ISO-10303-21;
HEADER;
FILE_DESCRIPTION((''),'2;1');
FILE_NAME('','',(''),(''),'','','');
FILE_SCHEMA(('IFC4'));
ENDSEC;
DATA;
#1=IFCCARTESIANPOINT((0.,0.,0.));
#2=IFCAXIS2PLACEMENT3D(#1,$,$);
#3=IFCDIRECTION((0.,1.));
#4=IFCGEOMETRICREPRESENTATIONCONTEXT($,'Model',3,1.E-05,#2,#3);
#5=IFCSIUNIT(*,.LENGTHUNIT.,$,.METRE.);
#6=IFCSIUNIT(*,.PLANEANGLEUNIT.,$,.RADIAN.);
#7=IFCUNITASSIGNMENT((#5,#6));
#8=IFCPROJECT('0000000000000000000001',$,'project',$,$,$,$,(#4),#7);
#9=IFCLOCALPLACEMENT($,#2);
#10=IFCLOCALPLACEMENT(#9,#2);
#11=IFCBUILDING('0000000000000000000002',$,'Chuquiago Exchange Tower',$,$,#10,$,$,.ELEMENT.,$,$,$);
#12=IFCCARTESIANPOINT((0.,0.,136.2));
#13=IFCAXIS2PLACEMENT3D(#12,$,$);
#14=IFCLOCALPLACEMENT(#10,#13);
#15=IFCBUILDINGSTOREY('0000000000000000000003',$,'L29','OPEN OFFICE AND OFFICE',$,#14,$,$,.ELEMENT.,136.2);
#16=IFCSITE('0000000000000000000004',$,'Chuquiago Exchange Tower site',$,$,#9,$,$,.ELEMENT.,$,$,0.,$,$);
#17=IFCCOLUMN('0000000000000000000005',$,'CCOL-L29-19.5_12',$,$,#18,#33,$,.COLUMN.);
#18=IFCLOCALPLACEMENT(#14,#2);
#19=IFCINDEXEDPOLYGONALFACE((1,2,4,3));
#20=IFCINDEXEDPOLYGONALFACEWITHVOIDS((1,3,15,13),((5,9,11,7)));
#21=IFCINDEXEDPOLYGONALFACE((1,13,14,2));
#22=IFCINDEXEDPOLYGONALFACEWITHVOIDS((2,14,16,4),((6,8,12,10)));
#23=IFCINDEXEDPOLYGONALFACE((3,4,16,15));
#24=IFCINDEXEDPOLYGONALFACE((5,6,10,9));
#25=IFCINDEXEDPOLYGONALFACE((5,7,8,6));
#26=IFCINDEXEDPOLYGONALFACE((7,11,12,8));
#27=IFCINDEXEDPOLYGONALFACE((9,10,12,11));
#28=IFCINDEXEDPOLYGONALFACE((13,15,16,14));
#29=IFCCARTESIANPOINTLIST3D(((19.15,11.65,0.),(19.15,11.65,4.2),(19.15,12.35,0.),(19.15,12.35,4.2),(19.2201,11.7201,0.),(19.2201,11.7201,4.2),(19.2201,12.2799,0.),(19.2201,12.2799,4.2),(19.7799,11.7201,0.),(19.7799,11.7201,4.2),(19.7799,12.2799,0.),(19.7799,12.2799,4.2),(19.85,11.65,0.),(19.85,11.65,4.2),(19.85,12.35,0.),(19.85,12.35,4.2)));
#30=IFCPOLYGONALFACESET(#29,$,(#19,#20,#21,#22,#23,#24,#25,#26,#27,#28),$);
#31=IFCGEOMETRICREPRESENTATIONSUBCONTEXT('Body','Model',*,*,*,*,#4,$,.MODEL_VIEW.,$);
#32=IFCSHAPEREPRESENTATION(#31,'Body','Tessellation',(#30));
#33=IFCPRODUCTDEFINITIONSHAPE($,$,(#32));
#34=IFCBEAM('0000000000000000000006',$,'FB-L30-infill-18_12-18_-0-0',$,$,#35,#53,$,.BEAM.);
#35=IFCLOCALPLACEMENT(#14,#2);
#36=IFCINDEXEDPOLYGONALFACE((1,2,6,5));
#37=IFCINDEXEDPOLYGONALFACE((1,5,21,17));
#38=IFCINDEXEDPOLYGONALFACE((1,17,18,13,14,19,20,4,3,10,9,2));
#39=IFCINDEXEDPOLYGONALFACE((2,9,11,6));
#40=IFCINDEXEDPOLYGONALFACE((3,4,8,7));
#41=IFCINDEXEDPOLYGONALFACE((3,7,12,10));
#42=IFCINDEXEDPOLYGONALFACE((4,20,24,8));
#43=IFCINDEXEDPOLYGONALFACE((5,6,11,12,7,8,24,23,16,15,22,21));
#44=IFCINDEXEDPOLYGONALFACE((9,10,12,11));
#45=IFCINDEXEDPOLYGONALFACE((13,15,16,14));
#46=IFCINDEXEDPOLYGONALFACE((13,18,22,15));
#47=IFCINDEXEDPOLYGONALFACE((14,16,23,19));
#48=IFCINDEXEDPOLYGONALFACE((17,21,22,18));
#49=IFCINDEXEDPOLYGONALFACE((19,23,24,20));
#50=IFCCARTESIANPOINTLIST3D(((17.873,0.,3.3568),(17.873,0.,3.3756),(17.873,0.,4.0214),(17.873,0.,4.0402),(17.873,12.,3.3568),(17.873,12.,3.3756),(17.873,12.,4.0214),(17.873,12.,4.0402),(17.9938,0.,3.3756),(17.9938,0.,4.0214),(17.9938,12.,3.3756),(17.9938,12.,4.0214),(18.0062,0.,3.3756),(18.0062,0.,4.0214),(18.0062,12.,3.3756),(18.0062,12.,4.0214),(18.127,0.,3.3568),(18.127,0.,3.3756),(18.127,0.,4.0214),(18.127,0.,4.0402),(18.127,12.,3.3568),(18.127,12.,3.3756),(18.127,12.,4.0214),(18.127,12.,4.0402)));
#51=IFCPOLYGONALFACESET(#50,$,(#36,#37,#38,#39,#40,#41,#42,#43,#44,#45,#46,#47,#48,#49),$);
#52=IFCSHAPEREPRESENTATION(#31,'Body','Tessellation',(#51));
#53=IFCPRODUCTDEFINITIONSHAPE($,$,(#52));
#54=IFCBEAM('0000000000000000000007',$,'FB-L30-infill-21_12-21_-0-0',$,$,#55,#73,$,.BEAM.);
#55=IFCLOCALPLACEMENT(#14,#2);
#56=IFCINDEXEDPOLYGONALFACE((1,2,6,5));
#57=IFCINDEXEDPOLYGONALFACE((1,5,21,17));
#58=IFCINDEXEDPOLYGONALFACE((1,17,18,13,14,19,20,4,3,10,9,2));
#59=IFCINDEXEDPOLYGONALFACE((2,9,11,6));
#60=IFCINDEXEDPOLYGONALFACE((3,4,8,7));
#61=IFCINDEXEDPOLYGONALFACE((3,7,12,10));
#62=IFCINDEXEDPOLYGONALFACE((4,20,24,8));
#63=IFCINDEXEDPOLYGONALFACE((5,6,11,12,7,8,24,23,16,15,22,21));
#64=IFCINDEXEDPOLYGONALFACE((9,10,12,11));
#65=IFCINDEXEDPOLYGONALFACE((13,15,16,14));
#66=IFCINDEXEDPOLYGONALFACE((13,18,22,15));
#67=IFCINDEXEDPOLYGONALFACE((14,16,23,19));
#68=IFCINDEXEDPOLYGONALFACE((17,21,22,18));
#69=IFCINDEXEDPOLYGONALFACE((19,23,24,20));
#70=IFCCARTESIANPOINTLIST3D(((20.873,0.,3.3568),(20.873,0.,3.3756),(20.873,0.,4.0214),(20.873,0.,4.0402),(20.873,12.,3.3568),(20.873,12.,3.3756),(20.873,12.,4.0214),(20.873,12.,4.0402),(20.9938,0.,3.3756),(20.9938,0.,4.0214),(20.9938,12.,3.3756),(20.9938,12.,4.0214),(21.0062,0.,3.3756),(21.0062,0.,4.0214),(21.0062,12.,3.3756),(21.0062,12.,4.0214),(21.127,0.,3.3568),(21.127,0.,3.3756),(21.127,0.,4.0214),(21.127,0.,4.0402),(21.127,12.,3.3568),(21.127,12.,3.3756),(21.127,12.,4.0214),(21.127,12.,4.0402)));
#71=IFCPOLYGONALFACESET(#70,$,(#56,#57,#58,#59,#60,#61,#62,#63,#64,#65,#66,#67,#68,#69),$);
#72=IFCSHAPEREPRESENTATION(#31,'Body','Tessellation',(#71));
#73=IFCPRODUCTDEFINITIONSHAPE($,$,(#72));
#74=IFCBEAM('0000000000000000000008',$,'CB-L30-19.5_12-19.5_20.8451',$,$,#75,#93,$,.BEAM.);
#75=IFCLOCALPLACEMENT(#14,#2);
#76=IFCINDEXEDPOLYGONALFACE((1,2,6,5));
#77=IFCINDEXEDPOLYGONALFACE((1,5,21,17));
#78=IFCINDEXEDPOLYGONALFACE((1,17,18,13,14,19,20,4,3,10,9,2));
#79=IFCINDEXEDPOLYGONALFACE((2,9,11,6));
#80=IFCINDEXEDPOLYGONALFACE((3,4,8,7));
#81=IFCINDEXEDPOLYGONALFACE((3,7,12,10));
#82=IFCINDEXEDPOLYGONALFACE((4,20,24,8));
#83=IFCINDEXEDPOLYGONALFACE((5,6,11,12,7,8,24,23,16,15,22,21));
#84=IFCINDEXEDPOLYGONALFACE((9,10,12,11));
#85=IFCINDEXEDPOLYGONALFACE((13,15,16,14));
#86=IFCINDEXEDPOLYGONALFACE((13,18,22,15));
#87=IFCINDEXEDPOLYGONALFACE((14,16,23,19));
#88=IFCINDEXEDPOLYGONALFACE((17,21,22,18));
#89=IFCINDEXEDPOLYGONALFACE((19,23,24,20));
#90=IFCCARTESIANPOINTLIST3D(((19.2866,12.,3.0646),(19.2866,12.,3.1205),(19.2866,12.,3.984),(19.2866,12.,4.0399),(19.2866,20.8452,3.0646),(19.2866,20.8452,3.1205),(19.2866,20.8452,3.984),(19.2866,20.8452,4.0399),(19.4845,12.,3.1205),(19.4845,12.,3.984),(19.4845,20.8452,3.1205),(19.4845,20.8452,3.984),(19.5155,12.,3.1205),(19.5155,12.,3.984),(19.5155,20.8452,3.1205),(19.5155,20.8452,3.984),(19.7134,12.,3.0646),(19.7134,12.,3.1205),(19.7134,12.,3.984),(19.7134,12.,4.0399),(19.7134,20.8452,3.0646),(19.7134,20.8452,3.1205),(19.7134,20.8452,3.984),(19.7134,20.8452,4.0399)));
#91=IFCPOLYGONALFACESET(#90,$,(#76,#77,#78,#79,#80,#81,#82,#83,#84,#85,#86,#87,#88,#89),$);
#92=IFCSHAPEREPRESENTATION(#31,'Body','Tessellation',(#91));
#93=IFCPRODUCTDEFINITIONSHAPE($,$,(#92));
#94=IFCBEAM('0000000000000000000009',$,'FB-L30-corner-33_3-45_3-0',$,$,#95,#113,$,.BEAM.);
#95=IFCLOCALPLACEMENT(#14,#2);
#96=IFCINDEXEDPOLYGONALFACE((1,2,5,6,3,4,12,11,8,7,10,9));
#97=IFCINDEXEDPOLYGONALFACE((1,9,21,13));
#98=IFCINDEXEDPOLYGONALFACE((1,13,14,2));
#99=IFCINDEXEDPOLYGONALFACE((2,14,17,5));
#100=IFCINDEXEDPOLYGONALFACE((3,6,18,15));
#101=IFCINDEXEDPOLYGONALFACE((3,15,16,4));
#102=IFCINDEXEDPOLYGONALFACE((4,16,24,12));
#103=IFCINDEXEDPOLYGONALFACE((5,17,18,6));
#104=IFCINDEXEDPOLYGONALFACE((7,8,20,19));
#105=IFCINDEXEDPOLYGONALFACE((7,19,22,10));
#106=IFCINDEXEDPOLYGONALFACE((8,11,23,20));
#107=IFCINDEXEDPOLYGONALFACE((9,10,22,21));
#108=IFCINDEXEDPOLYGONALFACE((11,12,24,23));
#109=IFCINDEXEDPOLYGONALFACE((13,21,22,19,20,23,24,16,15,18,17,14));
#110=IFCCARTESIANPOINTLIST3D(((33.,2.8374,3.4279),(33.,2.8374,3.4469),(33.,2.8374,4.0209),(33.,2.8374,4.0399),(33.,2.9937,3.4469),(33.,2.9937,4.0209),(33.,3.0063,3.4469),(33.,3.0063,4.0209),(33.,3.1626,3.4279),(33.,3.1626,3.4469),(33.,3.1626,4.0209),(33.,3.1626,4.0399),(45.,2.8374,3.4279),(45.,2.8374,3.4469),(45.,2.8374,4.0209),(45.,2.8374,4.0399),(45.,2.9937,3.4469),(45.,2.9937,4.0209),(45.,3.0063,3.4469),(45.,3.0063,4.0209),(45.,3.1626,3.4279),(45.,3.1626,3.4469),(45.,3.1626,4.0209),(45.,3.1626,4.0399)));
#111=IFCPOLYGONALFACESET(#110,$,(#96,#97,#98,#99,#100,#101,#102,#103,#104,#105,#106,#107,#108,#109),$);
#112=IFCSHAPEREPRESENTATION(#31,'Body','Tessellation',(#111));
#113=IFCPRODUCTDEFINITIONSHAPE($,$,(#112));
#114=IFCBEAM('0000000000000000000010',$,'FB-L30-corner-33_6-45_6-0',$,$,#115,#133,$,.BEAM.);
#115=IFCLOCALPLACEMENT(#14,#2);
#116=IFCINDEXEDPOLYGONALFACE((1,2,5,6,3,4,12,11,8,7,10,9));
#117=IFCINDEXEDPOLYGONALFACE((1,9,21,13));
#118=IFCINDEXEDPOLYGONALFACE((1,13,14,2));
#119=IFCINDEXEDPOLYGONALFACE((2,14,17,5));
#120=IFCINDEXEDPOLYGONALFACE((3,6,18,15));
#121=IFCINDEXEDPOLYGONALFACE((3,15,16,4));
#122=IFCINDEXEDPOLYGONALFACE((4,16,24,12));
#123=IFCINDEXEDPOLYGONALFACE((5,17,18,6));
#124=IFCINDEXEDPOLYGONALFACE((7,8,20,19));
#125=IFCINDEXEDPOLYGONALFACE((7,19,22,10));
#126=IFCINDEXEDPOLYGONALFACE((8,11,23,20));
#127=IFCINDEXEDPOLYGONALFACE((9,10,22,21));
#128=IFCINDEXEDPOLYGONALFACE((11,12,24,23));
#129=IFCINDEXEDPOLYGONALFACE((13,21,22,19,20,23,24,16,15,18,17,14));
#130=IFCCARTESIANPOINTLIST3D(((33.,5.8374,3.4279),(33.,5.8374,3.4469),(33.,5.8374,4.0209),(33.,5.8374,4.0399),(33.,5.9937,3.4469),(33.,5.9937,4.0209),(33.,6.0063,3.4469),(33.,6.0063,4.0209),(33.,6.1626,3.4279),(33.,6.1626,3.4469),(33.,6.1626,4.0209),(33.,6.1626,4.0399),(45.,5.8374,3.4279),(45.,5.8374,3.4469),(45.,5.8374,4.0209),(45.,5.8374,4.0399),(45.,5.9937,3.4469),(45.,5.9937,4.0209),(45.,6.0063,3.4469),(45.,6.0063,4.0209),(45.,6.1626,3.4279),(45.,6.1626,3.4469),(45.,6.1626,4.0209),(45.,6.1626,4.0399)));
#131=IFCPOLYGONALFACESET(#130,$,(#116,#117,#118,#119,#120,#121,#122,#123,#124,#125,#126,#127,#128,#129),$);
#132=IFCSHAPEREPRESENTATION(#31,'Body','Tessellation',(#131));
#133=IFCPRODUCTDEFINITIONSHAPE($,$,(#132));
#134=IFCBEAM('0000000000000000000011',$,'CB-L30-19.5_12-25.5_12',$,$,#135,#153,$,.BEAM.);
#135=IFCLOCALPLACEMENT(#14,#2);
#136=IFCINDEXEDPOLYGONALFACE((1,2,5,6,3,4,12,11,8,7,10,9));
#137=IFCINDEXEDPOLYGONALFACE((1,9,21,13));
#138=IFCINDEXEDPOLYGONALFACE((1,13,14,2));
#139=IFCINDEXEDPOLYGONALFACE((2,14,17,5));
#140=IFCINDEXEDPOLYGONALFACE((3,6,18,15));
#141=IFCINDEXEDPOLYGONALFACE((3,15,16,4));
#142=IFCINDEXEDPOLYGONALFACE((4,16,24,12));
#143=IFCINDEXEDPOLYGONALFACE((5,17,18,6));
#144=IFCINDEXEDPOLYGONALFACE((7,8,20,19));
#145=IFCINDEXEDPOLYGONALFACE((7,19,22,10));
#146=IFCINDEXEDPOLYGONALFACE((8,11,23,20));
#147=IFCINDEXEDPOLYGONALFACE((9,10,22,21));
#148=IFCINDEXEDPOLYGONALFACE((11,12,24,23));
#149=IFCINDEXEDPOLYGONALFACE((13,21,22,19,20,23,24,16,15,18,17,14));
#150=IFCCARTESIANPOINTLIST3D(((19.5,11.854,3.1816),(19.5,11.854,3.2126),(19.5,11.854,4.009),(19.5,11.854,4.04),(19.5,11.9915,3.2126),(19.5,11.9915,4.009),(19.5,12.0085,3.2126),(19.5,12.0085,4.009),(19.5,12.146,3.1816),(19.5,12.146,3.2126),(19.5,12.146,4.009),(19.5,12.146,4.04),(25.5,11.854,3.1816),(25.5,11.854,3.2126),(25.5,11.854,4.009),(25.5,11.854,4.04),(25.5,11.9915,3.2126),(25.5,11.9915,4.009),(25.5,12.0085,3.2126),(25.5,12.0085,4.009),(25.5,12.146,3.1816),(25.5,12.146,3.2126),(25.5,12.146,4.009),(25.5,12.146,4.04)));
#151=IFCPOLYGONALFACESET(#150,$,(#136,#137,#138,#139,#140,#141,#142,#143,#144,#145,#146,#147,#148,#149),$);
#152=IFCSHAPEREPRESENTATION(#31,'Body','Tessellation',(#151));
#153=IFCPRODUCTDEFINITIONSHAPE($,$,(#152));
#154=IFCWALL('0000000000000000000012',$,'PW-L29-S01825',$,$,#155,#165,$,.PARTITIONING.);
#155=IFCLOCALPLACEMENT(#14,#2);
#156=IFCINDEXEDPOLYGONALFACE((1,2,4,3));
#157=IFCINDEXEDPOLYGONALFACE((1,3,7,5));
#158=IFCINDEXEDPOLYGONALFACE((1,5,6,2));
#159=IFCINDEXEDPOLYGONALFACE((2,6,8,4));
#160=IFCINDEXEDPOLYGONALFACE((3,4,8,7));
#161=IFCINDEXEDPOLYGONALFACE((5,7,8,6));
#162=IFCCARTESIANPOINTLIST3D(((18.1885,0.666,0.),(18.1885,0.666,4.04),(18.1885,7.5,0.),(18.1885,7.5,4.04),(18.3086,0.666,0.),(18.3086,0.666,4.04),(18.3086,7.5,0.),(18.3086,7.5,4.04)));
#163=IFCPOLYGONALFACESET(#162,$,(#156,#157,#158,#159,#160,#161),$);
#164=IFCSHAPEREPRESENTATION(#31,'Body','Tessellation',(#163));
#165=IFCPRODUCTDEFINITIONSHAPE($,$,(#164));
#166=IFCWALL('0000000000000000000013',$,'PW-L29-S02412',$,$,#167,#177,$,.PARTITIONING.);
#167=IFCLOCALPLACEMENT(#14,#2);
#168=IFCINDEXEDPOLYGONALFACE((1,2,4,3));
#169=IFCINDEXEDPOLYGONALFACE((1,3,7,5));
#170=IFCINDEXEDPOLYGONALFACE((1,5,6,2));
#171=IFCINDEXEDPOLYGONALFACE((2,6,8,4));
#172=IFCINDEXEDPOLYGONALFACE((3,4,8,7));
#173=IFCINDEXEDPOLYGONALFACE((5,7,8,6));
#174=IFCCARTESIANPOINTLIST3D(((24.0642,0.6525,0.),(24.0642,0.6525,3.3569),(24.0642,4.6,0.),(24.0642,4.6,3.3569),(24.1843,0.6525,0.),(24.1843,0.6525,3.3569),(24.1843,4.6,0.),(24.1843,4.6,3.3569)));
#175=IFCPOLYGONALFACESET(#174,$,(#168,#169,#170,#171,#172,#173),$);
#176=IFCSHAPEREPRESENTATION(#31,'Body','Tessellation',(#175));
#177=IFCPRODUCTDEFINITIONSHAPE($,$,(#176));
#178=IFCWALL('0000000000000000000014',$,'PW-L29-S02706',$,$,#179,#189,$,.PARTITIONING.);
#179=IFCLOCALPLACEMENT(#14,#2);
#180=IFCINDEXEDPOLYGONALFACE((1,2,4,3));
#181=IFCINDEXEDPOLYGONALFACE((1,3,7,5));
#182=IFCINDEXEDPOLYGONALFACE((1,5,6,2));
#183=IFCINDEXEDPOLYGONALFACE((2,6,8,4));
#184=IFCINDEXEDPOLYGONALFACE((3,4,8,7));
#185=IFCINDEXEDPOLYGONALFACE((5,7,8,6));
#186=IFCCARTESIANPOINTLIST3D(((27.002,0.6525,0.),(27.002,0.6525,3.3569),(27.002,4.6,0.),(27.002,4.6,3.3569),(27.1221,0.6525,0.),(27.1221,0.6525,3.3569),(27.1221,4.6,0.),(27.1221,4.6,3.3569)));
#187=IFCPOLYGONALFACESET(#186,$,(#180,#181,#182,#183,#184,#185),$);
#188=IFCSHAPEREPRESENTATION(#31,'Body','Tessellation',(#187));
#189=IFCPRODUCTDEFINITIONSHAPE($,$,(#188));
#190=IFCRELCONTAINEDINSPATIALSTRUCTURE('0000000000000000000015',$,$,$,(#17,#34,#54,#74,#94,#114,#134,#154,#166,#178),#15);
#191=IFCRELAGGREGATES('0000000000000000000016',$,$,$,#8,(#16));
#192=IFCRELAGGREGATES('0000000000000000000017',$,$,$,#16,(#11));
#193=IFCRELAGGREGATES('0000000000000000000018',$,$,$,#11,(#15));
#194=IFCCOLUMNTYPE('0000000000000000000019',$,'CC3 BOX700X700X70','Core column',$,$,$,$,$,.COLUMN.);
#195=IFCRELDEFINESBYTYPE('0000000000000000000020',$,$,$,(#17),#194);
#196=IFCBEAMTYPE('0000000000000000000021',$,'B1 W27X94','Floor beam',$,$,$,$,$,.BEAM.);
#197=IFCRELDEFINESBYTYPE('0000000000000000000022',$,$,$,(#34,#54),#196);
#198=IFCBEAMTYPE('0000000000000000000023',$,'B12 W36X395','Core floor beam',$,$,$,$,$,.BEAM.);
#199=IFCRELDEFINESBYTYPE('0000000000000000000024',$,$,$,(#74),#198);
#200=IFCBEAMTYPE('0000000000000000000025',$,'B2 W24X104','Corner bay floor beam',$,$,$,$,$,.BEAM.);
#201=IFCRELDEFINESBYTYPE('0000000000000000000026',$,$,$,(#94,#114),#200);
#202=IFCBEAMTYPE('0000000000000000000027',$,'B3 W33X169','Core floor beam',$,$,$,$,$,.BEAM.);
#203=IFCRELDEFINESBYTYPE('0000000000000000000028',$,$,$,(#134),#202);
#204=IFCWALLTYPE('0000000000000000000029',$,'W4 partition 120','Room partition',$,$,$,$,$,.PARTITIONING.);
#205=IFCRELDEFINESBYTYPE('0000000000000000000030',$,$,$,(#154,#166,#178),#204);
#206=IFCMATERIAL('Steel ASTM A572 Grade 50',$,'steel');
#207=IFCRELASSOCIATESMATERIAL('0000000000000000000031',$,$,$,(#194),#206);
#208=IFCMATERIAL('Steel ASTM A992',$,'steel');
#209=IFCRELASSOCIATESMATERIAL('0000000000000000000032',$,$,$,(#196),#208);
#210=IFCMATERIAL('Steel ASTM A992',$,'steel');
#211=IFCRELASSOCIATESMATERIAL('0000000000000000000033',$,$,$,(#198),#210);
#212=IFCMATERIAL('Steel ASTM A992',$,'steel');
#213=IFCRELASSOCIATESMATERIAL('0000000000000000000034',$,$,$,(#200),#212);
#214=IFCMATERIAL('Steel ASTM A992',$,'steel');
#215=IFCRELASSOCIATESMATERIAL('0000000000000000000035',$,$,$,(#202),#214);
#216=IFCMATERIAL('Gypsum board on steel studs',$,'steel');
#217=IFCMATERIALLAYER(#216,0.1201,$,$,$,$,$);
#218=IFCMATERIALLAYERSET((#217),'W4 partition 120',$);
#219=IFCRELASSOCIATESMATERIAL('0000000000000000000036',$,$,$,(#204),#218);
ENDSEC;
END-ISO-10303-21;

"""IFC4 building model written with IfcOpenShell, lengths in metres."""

from ifc_helpers import new_model, si_unit, direction, frame, frame_2d, origin, origin_2d, place, context, subcontext, project, spatial, rectangle, hollow_rectangle, i_section, extrude, material, layer, layer_set, material_profile, profile_set, type_object, element, save


model = new_model("IFC4")

# Units and contexts
model_context = context("Model", 3, precision=1e-05, world=origin(), true_north=direction((0.0, 1.0)))
body_context = subcontext(model_context, "Body", "Model", "MODEL_VIEW")
ifc_project = project(units=[si_unit("LENGTHUNIT", "METRE"), si_unit("PLANEANGLEUNIT", "RADIAN")], contexts=[model_context])

# Site, building, storey
site_placement = place(None, origin())
site = spatial("IfcSite", under=ifc_project, at=site_placement, Name="Chuquiago Exchange Tower site", CompositionType="ELEMENT", RefElevation=0.0)
building_placement = place(site_placement, origin())
building = spatial("IfcBuilding", under=site, at=building_placement, Name="Chuquiago Exchange Tower", CompositionType="ELEMENT")
storey_placement = place(building_placement, frame((0.0, 0.0, 136.2)))
storey = spatial("IfcBuildingStorey", under=building, at=storey_placement, Name="L29", Description="OPEN OFFICE AND OFFICE", CompositionType="ELEMENT", Elevation=136.2)

# Column
ifc_material_1 = material(Name="Steel ASTM A572 Grade 50", Category="steel")
ifc_material_profile_1 = material_profile(ifc_material_1, hollow_rectangle(XDim=0.7, YDim=0.7, WallThickness=0.0701, at=origin_2d()), Name="BOX700X700X70")
ifc_profile_set_1 = profile_set([ifc_material_profile_1], Name="Steel ASTM A572 Grade 50")
column_type = type_object("IfcColumnType", Name="CC3 BOX700X700X70", Description="Core column", PredefinedType="COLUMN", material=ifc_profile_set_1)
column_placement = place(storey_placement, frame((19.5, 12.0, 0.0), z_axis=(0.0, 0.0, 1.0), x_axis=(1.0, 0.0, 0.0)))
element("IfcColumn", 1, at=column_placement, inside=storey, type_object=column_type, Name="CCOL-L29-19.5_12", PredefinedType="COLUMN", context=body_context, shape_type="SweptSolid", body=[
    extrude(hollow_rectangle(XDim=0.7, YDim=0.7, WallThickness=0.0701, at=origin_2d()), origin(), (0.0, 0.0, 1.0), 4.2),
])

# Beams
ifc_material_2 = material(Name="Steel ASTM A992", Category="steel")
ifc_material_profile_2 = material_profile(ifc_material_2, i_section(OverallWidth=0.2539, OverallDepth=0.6833, WebThickness=0.0125, FlangeThickness=0.0188, at=origin_2d()), Name="W27X94")
ifc_profile_set_2 = profile_set([ifc_material_profile_2], Name="Steel ASTM A992")
beam_type_1 = type_object("IfcBeamType", Name="B1 W27X94", Description="Floor beam", PredefinedType="BEAM", material=ifc_profile_set_2)
for number, where, z_axis, x_axis, name in (
    (2, (18.0, 12.0, 3.6985), (0.0, -1.0, 0.0), (1.0, 0.0, 0.0), "FB-L30-infill-18_12-18_-0-0"),
    (3, (21.0, 12.0, 3.6985), (0.0, -1.0, 0.0), (1.0, 0.0, 0.0), "FB-L30-infill-21_12-21_-0-0"),
):
    element("IfcBeam", number, at=place(storey_placement, frame(where, z_axis=z_axis, x_axis=x_axis)), inside=storey, type_object=beam_type_1, Name=name, PredefinedType="BEAM", context=body_context, shape_type="SweptSolid", body=[
        extrude(i_section(OverallWidth=0.2539, OverallDepth=0.6833, WebThickness=0.0125, FlangeThickness=0.0188, at=origin_2d()), origin(), (0.0, 0.0, 1.0), 12.0),
    ])
ifc_material_3 = material(Name="Steel ASTM A992", Category="steel")
ifc_material_profile_3 = material_profile(ifc_material_3, i_section(OverallWidth=0.4268, OverallDepth=0.9753, WebThickness=0.031, FlangeThickness=0.0559, at=origin_2d()), Name="W36X395")
ifc_profile_set_3 = profile_set([ifc_material_profile_3], Name="Steel ASTM A992")
beam_type_2 = type_object("IfcBeamType", Name="B12 W36X395", Description="Core floor beam", PredefinedType="BEAM", material=ifc_profile_set_3)
beam_1_placement = place(storey_placement, frame((19.5, 12.0, 3.5522), z_axis=(0.0, 1.0, 0.0), x_axis=(-1.0, 0.0, 0.0)))
element("IfcBeam", 4, at=beam_1_placement, inside=storey, type_object=beam_type_2, Name="CB-L30-19.5_12-19.5_20.8451", PredefinedType="BEAM", context=body_context, shape_type="SweptSolid", body=[
    extrude(i_section(OverallWidth=0.4268, OverallDepth=0.9753, WebThickness=0.031, FlangeThickness=0.0559, at=origin_2d()), origin(), (0.0, 0.0, 1.0), 8.8452),
])
ifc_material_4 = material(Name="Steel ASTM A992", Category="steel")
ifc_material_profile_4 = material_profile(ifc_material_4, i_section(OverallWidth=0.3252, OverallDepth=0.6121, WebThickness=0.0127, FlangeThickness=0.019, at=origin_2d()), Name="W24X104")
ifc_profile_set_4 = profile_set([ifc_material_profile_4], Name="Steel ASTM A992")
beam_type_3 = type_object("IfcBeamType", Name="B2 W24X104", Description="Corner bay floor beam", PredefinedType="BEAM", material=ifc_profile_set_4)
for number, where, z_axis, x_axis, name in (
    (5, (33.0, 3.0, 3.7339), (1.0, 0.0, 0.0), (0.0, 1.0, 0.0), "FB-L30-corner-33_3-45_3-0"),
    (6, (33.0, 6.0, 3.7339), (1.0, 0.0, 0.0), (0.0, 1.0, 0.0), "FB-L30-corner-33_6-45_6-0"),
):
    element("IfcBeam", number, at=place(storey_placement, frame(where, z_axis=z_axis, x_axis=x_axis)), inside=storey, type_object=beam_type_3, Name=name, PredefinedType="BEAM", context=body_context, shape_type="SweptSolid", body=[
        extrude(i_section(OverallWidth=0.3252, OverallDepth=0.6121, WebThickness=0.0127, FlangeThickness=0.019, at=origin_2d()), origin(), (0.0, 0.0, 1.0), 12.0),
    ])
ifc_material_5 = material(Name="Steel ASTM A992", Category="steel")
ifc_material_profile_5 = material_profile(ifc_material_5, i_section(OverallWidth=0.292, OverallDepth=0.8584, WebThickness=0.0171, FlangeThickness=0.031, at=origin_2d()), Name="W33X169")
ifc_profile_set_5 = profile_set([ifc_material_profile_5], Name="Steel ASTM A992")
beam_type_4 = type_object("IfcBeamType", Name="B3 W33X169", Description="Core floor beam", PredefinedType="BEAM", material=ifc_profile_set_5)
beam_2_placement = place(storey_placement, frame((19.5, 12.0, 3.6108), z_axis=(1.0, 0.0, 0.0), x_axis=(0.0, 1.0, 0.0)))
element("IfcBeam", 7, at=beam_2_placement, inside=storey, type_object=beam_type_4, Name="CB-L30-19.5_12-25.5_12", PredefinedType="BEAM", context=body_context, shape_type="SweptSolid", body=[
    extrude(i_section(OverallWidth=0.292, OverallDepth=0.8584, WebThickness=0.0171, FlangeThickness=0.031, at=origin_2d()), origin(), (0.0, 0.0, 1.0), 6.0),
])

# Walls
ifc_material_6 = material(Name="Gypsum board on steel studs", Category="steel")
ifc_layer = layer(ifc_material_6, 0.1201)
ifc_layer_set = layer_set([ifc_layer], Name="W4 partition 120")
wall_type = type_object("IfcWallType", Name="W4 partition 120", Description="Room partition", PredefinedType="PARTITIONING", material=ifc_layer_set)
wall_1_placement = place(storey_placement, frame((18.2485, 0.666, 0.0), z_axis=(0.0, 0.0, 1.0), x_axis=(0.0, 1.0, 0.0)))
element("IfcWall", 8, at=wall_1_placement, inside=storey, type_object=wall_type, Name="PW-L29-S01825", PredefinedType="PARTITIONING", context=body_context, shape_type="SweptSolid", body=[
    extrude(rectangle(XDim=6.834, YDim=0.1201, at=frame_2d((3.417, 0.0))), origin(), (0.0, 0.0, 1.0), 4.04),
])
for number, where, z_axis, x_axis, name in (
    (9, (24.1243, 0.6526, 0.0), (0.0, 0.0, 1.0), (0.0, 1.0, 0.0), "PW-L29-S02412"),
    (10, (27.062, 0.6526, 0.0), (0.0, 0.0, 1.0), (0.0, 1.0, 0.0), "PW-L29-S02706"),
):
    element("IfcWall", number, at=place(storey_placement, frame(where, z_axis=z_axis, x_axis=x_axis)), inside=storey, type_object=wall_type, Name=name, PredefinedType="PARTITIONING", context=body_context, shape_type="SweptSolid", body=[
        extrude(rectangle(XDim=3.9475, YDim=0.1201, at=frame_2d((1.9736, 0.0))), origin(), (0.0, 0.0, 1.0), 3.3569),
    ])

save(model, "model.ifc")
